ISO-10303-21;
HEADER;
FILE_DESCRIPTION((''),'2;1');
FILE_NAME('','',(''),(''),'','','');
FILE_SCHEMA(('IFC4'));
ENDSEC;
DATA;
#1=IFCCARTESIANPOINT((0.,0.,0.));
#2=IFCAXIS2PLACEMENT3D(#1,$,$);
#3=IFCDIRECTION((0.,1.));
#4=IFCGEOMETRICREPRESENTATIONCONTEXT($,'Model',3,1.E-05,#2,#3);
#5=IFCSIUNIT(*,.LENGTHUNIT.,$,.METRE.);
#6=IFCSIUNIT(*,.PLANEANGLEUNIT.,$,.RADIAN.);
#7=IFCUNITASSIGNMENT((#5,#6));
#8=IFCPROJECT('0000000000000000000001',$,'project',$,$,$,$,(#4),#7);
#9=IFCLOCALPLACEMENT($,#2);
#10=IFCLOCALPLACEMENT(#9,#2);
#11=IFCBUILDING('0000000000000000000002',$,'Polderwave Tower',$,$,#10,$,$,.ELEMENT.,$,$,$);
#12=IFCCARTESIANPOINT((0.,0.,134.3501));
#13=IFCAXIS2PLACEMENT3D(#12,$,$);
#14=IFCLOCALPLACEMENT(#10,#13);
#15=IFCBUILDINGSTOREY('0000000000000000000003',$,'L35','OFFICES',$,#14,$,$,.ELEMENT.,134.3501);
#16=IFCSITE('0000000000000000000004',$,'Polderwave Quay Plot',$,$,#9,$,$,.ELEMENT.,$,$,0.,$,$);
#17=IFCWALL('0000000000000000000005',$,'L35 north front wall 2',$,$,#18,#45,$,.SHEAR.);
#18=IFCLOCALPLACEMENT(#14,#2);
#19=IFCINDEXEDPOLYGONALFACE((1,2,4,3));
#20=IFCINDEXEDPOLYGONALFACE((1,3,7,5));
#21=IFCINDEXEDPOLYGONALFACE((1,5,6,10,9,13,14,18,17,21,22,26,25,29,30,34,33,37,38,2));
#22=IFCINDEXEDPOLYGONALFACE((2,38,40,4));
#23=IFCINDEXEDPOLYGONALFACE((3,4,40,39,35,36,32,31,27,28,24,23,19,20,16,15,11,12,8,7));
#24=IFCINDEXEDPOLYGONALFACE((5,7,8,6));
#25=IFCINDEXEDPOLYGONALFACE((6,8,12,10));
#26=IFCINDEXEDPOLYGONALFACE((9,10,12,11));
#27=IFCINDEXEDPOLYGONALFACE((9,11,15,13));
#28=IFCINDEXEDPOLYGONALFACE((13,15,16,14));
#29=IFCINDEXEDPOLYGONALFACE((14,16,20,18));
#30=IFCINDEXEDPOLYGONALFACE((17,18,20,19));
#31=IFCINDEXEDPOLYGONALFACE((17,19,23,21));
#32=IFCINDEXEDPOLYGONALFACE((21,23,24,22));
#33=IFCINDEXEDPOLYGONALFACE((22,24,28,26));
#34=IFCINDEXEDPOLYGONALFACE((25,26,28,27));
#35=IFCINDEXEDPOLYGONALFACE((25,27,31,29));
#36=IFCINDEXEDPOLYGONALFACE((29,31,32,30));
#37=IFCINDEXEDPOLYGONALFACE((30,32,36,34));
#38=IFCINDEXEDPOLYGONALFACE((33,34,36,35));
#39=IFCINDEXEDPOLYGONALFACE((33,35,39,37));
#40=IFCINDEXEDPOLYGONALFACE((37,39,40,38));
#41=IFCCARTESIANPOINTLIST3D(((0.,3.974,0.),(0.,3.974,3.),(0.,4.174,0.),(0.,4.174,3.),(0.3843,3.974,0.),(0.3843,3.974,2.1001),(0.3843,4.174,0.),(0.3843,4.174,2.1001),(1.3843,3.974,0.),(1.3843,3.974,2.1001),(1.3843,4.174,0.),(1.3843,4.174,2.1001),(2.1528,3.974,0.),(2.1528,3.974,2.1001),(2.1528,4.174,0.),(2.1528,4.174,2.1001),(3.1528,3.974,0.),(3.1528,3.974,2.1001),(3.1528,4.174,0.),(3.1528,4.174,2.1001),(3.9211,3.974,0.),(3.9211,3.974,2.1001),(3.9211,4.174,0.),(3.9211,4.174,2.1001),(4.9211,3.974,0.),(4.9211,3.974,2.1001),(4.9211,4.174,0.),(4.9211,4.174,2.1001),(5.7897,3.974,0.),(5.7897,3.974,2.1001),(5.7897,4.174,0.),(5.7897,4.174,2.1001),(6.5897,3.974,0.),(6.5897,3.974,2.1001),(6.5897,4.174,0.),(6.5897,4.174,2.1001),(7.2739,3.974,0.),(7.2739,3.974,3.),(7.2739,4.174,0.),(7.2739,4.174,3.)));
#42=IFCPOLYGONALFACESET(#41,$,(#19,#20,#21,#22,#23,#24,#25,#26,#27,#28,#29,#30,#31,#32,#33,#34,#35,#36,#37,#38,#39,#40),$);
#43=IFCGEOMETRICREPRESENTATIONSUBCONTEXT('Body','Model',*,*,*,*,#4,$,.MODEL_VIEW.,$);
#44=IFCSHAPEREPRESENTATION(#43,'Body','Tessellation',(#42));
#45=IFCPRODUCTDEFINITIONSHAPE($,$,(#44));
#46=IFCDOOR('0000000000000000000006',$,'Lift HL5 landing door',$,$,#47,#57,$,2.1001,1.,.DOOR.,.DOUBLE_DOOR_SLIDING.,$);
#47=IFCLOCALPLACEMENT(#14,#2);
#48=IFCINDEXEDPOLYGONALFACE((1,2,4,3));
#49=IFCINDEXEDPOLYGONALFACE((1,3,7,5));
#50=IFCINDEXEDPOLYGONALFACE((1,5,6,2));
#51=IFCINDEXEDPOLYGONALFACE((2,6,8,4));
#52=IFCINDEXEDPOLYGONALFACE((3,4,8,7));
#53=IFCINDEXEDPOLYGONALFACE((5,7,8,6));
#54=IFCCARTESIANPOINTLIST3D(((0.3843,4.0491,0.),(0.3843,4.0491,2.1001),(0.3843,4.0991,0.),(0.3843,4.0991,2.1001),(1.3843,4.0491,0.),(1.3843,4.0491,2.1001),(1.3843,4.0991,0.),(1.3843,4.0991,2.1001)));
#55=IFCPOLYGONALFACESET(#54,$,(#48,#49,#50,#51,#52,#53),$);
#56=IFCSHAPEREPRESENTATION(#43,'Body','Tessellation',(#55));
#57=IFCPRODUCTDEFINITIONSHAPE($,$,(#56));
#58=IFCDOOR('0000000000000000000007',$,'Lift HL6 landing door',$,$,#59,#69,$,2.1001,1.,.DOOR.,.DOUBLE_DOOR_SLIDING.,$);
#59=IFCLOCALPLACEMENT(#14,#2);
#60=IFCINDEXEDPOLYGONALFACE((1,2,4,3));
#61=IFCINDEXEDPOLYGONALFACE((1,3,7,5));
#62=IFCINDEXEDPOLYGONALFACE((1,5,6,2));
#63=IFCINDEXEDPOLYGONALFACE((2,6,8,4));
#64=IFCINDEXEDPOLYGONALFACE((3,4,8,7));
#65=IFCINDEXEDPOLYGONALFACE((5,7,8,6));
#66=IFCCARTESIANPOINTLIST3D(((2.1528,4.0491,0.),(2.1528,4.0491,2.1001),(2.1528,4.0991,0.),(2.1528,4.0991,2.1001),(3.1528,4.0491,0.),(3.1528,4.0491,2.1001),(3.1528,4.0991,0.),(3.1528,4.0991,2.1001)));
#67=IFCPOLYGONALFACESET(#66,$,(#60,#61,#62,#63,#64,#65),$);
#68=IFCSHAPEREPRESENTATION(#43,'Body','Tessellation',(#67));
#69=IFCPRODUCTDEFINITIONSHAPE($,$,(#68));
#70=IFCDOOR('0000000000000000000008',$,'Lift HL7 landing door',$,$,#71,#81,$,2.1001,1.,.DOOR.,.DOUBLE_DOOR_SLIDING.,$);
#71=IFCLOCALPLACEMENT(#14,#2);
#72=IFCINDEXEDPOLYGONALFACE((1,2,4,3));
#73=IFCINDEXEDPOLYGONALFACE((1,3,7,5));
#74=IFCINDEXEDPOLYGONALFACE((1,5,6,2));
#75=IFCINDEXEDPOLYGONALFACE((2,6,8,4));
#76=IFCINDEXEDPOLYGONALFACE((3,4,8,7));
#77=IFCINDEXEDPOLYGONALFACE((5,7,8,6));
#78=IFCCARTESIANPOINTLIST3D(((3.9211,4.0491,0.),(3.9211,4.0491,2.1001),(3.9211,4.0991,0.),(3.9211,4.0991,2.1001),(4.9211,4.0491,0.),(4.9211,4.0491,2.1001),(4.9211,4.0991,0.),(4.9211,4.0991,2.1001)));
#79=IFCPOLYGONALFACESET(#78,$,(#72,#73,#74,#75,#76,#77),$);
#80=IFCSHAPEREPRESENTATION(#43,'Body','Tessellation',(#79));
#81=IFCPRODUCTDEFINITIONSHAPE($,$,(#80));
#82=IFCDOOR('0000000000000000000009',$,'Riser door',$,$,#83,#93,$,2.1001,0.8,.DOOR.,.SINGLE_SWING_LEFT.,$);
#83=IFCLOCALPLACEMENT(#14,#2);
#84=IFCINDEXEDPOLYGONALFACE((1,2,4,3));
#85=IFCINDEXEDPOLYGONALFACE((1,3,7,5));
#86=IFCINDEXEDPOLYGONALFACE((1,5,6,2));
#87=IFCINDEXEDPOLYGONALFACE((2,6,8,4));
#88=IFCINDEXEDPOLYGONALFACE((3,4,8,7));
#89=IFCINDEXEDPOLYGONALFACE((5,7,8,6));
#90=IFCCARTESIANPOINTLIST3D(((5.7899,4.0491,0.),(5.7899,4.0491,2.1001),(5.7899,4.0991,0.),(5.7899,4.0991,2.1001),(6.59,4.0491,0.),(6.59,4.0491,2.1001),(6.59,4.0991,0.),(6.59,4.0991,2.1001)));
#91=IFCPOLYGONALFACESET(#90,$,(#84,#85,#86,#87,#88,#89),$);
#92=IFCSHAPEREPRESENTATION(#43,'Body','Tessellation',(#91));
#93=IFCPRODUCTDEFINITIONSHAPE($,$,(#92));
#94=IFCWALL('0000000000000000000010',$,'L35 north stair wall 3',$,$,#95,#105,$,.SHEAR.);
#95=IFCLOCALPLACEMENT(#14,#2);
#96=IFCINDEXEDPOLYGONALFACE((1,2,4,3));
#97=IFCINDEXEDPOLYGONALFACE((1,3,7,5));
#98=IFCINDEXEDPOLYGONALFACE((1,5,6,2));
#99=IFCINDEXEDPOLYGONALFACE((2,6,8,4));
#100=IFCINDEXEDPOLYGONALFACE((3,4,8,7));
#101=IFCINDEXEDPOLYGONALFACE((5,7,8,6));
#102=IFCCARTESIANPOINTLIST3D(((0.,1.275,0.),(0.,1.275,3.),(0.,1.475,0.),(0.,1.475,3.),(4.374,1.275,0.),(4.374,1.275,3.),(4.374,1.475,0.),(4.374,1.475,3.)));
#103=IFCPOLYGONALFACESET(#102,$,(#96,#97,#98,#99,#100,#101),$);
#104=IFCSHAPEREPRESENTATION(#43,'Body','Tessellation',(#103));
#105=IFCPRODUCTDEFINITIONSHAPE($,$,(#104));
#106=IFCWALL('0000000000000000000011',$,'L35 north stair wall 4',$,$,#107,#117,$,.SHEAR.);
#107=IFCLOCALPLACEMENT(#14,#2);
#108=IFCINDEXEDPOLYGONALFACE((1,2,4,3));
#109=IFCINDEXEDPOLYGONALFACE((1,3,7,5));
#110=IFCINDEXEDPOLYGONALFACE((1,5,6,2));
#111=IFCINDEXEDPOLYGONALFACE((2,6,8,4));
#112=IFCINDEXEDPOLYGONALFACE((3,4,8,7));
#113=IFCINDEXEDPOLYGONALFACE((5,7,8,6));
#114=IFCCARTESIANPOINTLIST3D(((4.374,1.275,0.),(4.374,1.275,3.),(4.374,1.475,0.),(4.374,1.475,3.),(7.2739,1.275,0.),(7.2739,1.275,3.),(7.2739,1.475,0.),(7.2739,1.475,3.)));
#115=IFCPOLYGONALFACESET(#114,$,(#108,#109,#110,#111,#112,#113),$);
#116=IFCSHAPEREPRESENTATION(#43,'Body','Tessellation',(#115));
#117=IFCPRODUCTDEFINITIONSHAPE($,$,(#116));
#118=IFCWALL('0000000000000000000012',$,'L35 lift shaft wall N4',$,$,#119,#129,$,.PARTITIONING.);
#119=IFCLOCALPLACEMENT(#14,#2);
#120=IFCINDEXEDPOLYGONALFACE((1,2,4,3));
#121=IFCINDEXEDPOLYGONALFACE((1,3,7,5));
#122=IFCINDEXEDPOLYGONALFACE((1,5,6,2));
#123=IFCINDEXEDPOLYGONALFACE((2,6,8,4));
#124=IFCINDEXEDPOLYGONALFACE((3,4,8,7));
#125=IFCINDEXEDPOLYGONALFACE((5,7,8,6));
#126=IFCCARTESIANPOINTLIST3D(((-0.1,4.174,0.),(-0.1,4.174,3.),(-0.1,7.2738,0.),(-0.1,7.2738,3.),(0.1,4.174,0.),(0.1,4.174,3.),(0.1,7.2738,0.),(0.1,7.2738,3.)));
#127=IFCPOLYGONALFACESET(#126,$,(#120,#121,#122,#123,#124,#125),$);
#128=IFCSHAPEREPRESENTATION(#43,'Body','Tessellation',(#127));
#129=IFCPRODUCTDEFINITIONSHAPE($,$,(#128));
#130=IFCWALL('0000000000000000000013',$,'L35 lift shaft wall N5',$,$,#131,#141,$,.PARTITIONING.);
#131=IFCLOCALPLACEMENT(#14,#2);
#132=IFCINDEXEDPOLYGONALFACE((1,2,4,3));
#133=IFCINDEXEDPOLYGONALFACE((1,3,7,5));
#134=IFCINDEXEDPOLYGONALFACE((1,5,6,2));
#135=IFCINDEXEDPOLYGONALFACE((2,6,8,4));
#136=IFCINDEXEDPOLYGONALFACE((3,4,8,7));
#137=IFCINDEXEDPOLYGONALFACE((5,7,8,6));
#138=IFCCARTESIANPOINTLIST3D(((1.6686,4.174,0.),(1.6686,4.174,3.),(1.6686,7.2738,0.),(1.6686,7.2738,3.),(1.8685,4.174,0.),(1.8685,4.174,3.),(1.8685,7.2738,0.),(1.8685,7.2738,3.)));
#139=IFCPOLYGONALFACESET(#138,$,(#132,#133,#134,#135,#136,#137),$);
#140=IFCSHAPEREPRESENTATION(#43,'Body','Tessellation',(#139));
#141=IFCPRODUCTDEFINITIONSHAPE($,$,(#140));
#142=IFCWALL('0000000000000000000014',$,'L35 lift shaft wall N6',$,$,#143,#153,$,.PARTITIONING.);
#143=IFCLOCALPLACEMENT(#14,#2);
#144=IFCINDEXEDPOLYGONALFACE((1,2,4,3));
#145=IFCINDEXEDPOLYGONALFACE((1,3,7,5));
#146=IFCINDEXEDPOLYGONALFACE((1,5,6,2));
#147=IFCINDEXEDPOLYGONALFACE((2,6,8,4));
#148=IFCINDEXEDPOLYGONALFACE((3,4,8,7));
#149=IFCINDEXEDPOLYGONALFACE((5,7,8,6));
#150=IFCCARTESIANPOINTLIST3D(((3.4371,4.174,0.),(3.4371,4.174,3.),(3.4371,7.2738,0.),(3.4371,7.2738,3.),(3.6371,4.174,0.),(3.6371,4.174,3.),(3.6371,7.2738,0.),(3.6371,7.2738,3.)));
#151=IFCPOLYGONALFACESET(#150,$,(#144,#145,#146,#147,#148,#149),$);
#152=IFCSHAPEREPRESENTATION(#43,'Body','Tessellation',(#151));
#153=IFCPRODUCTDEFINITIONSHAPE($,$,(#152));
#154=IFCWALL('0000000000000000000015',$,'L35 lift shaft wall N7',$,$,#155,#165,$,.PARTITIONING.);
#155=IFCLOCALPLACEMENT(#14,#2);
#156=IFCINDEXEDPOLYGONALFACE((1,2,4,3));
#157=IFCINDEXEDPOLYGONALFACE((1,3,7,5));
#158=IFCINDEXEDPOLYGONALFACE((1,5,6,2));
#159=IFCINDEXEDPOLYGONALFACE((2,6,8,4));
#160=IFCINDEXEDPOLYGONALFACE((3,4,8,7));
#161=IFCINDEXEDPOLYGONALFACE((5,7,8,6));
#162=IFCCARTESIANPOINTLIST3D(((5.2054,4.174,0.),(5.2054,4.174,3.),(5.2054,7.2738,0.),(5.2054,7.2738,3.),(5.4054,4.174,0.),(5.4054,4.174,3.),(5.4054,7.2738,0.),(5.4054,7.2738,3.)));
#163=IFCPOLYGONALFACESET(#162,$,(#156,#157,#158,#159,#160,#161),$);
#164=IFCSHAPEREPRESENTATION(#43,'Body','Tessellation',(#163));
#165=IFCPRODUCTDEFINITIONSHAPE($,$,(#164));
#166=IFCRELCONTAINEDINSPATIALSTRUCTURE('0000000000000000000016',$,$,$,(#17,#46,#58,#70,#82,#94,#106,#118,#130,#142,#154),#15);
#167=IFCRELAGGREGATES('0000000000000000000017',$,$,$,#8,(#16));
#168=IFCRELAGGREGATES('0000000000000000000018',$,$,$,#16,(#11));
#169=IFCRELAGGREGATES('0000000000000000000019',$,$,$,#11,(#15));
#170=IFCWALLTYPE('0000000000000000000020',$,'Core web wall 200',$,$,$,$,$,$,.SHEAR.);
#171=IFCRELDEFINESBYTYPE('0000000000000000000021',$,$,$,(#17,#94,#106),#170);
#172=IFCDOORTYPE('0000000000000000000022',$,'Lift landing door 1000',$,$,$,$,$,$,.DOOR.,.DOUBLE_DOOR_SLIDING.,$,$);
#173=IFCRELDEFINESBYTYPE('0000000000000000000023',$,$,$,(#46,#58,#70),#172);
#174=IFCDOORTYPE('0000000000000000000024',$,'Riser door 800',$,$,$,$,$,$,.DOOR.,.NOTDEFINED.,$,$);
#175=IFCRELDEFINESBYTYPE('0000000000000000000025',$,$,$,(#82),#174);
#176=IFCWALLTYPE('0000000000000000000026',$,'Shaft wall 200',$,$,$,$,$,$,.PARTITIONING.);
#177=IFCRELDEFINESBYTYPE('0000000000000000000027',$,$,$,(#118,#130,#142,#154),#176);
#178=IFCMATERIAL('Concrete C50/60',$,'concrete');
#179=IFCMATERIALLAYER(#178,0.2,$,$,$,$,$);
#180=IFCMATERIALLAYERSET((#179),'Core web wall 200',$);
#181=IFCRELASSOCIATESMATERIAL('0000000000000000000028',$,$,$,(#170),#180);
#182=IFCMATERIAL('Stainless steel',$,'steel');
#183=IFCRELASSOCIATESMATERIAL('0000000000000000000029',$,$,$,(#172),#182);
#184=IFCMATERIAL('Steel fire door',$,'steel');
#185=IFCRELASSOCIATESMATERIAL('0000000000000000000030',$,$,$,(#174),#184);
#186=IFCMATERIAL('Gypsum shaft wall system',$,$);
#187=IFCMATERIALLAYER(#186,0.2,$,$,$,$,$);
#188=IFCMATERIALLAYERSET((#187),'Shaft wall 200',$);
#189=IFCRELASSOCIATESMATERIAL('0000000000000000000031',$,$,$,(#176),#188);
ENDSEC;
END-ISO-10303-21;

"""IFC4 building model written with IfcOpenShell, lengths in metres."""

from ifc_helpers import new_model, si_unit, direction, frame, frame_2d, origin, place, context, subcontext, project, spatial, rectangle, extrude, material, layer, layer_set, type_object, element, fill, save


model = new_model("IFC4")

# Units and contexts
model_context = context("Model", 3, precision=1e-05, world=origin(), true_north=direction((0.0, 1.0)))
body_context = subcontext(model_context, "Body", "Model", "MODEL_VIEW")
ifc_project = project(units=[si_unit("LENGTHUNIT", "METRE"), si_unit("PLANEANGLEUNIT", "RADIAN")], contexts=[model_context])

# Site, building, storey
site_placement = place(None, origin())
site = spatial("IfcSite", under=ifc_project, at=site_placement, Name="Polderwave Quay Plot", CompositionType="ELEMENT", RefElevation=0.0)
building_placement = place(site_placement, origin())
building = spatial("IfcBuilding", under=site, at=building_placement, Name="Polderwave Tower", CompositionType="ELEMENT")
storey_placement = place(building_placement, frame((0.0, 0.0, 134.3501)))
storey = spatial("IfcBuildingStorey", under=building, at=storey_placement, Name="L35", Description="OFFICES", CompositionType="ELEMENT", Elevation=134.3501)

# Wall, openings, doors
ifc_material_1 = material(Name="Concrete C50/60", Category="concrete")
ifc_layer_1 = layer(ifc_material_1, 0.2)
ifc_layer_set_1 = layer_set([ifc_layer_1], Name="Core web wall 200")
wall_type_1 = type_object("IfcWallType", Name="Core web wall 200", PredefinedType="SHEAR", material=ifc_layer_set_1)
wall_1_placement = place(storey_placement, frame((0.0, 4.074, 0.0), z_axis=(0.0, 0.0, 1.0), x_axis=(1.0, 0.0, 0.0)))
wall_1 = element("IfcWall", 1, at=wall_1_placement, inside=storey, type_object=wall_type_1, Name="L35 north front wall 2", PredefinedType="SHEAR", context=body_context, shape_type="SweptSolid", body=[
    extrude(rectangle(XDim=7.2739, YDim=0.2, at=frame_2d((3.637, 0.0))), origin(), (0.0, 0.0, 1.0), 3.0),
])
opening_1_placement = place(wall_1_placement, frame((0.3843, 0.0, 0.0)))
opening_1 = element("IfcOpeningElement", 2, at=opening_1_placement, cuts=wall_1, PredefinedType="OPENING", context=body_context, shape_type="SweptSolid", body=[
    extrude(rectangle(XDim=1.0, YDim=2.1001, at=frame_2d((0.5, 1.05))), frame((0.0, 0.1099, 0.0), z_axis=(0.0, -1.0, 0.0), x_axis=(1.0, 0.0, 0.0)), (0.0, 0.0, 1.0), 0.22),
])
opening_2_placement = place(wall_1_placement, frame((2.1528, 0.0, 0.0)))
opening_2 = element("IfcOpeningElement", 3, at=opening_2_placement, cuts=wall_1, PredefinedType="OPENING", context=body_context, shape_type="SweptSolid", body=[
    extrude(rectangle(XDim=1.0, YDim=2.1001, at=frame_2d((0.5, 1.05))), frame((0.0, 0.1099, 0.0), z_axis=(0.0, -1.0, 0.0), x_axis=(1.0, 0.0, 0.0)), (0.0, 0.0, 1.0), 0.22),
])
opening_3_placement = place(wall_1_placement, frame((3.9211, 0.0, 0.0)))
opening_3 = element("IfcOpeningElement", 4, at=opening_3_placement, cuts=wall_1, PredefinedType="OPENING", context=body_context, shape_type="SweptSolid", body=[
    extrude(rectangle(XDim=1.0, YDim=2.1001, at=frame_2d((0.5, 1.05))), frame((0.0, 0.1099, 0.0), z_axis=(0.0, -1.0, 0.0), x_axis=(1.0, 0.0, 0.0)), (0.0, 0.0, 1.0), 0.22),
])
opening_4_placement = place(wall_1_placement, frame((5.7898, 0.0, 0.0)))
opening_4 = element("IfcOpeningElement", 5, at=opening_4_placement, cuts=wall_1, PredefinedType="OPENING", context=body_context, shape_type="SweptSolid", body=[
    extrude(rectangle(XDim=0.8, YDim=2.1001, at=frame_2d((0.3999, 1.05))), frame((0.0, 0.1099, 0.0), z_axis=(0.0, -1.0, 0.0), x_axis=(1.0, 0.0, 0.0)), (0.0, 0.0, 1.0), 0.22),
])
ifc_material_2 = material(Name="Stainless steel", Category="steel")
door_type_1 = type_object("IfcDoorType", Name="Lift landing door 1000", OperationType="DOUBLE_DOOR_SLIDING", PredefinedType="DOOR", material=ifc_material_2)
door_1_placement = place(opening_1_placement, frame((1.0, 0.0, 0.0), z_axis=(0.0, 0.0, 1.0), x_axis=(-1.0, 0.0, 0.0)))
door_1 = element("IfcDoor", 6, at=door_1_placement, inside=storey, type_object=door_type_1, Name="Lift HL5 landing door", OperationType="DOUBLE_DOOR_SLIDING", OverallHeight=2.1001, OverallWidth=1.0, PredefinedType="DOOR", context=body_context, shape_type="SweptSolid", body=[
    extrude(rectangle(XDim=1.0, YDim=2.1001, at=frame_2d((0.5, 1.05))), frame((0.0, 0.0249, 0.0), z_axis=(0.0, -1.0, 0.0), x_axis=(1.0, 0.0, 0.0)), (0.0, 0.0, 1.0), 0.05),
])
fill(opening_1, door_1)
door_2_placement = place(opening_2_placement, frame((1.0, 0.0, 0.0), z_axis=(0.0, 0.0, 1.0), x_axis=(-1.0, 0.0, 0.0)))
door_2 = element("IfcDoor", 7, at=door_2_placement, inside=storey, type_object=door_type_1, Name="Lift HL6 landing door", OperationType="DOUBLE_DOOR_SLIDING", OverallHeight=2.1001, OverallWidth=1.0, PredefinedType="DOOR", context=body_context, shape_type="SweptSolid", body=[
    extrude(rectangle(XDim=1.0, YDim=2.1001, at=frame_2d((0.5, 1.05))), frame((0.0, 0.0249, 0.0), z_axis=(0.0, -1.0, 0.0), x_axis=(1.0, 0.0, 0.0)), (0.0, 0.0, 1.0), 0.05),
])
fill(opening_2, door_2)
door_3_placement = place(opening_3_placement, frame((1.0, 0.0, 0.0), z_axis=(0.0, 0.0, 1.0), x_axis=(-1.0, 0.0, 0.0)))
door_3 = element("IfcDoor", 8, at=door_3_placement, inside=storey, type_object=door_type_1, Name="Lift HL7 landing door", OperationType="DOUBLE_DOOR_SLIDING", OverallHeight=2.1001, OverallWidth=1.0, PredefinedType="DOOR", context=body_context, shape_type="SweptSolid", body=[
    extrude(rectangle(XDim=1.0, YDim=2.1001, at=frame_2d((0.5, 1.05))), frame((0.0, 0.0249, 0.0), z_axis=(0.0, -1.0, 0.0), x_axis=(1.0, 0.0, 0.0)), (0.0, 0.0, 1.0), 0.05),
])
fill(opening_3, door_3)
ifc_material_3 = material(Name="Steel fire door", Category="steel")
door_type_2 = type_object("IfcDoorType", Name="Riser door 800", OperationType="NOTDEFINED", PredefinedType="DOOR", material=ifc_material_3)
door_4_placement = place(opening_4_placement, frame((0.8, 0.0, 0.0), z_axis=(0.0, 0.0, 1.0), x_axis=(-1.0, 0.0, 0.0)))
door_4 = element("IfcDoor", 9, at=door_4_placement, inside=storey, type_object=door_type_2, Name="Riser door", OperationType="SINGLE_SWING_LEFT", OverallHeight=2.1001, OverallWidth=0.8, PredefinedType="DOOR", context=body_context, shape_type="SweptSolid", body=[
    extrude(rectangle(XDim=0.8, YDim=2.1001, at=frame_2d((0.3999, 1.05))), frame((0.0, 0.0249, 0.0), z_axis=(0.0, -1.0, 0.0), x_axis=(1.0, 0.0, 0.0)), (0.0, 0.0, 1.0), 0.05),
])
fill(opening_4, door_4)

# Walls
wall_2_placement = place(storey_placement, frame((0.0, 1.375, 0.0), z_axis=(0.0, 0.0, 1.0), x_axis=(1.0, 0.0, 0.0)))
element("IfcWall", 10, at=wall_2_placement, inside=storey, type_object=wall_type_1, Name="L35 north stair wall 3", PredefinedType="SHEAR", context=body_context, shape_type="SweptSolid", body=[
    extrude(rectangle(XDim=4.374, YDim=0.2, at=frame_2d((2.187, 0.0))), origin(), (0.0, 0.0, 1.0), 3.0),
])
wall_3_placement = place(storey_placement, frame((4.374, 1.375, 0.0), z_axis=(0.0, 0.0, 1.0), x_axis=(1.0, 0.0, 0.0)))
element("IfcWall", 11, at=wall_3_placement, inside=storey, type_object=wall_type_1, Name="L35 north stair wall 4", PredefinedType="SHEAR", context=body_context, shape_type="SweptSolid", body=[
    extrude(rectangle(XDim=2.8999, YDim=0.2, at=frame_2d((1.45, 0.0))), origin(), (0.0, 0.0, 1.0), 3.0),
])
ifc_material_4 = material(Name="Gypsum shaft wall system")
ifc_layer_2 = layer(ifc_material_4, 0.2)
ifc_layer_set_2 = layer_set([ifc_layer_2], Name="Shaft wall 200")
wall_type_2 = type_object("IfcWallType", Name="Shaft wall 200", PredefinedType="PARTITIONING", material=ifc_layer_set_2)
for number, where, z_axis, x_axis, name in (
    (12, (0.0, 4.1741, 0.0), (0.0, 0.0, 1.0), (0.0, 1.0, 0.0), "L35 lift shaft wall N4"),
    (13, (1.7686, 4.1741, 0.0), (0.0, 0.0, 1.0), (0.0, 1.0, 0.0), "L35 lift shaft wall N5"),
    (14, (3.5371, 4.1741, 0.0), (0.0, 0.0, 1.0), (0.0, 1.0, 0.0), "L35 lift shaft wall N6"),
    (15, (5.3054, 4.1741, 0.0), (0.0, 0.0, 1.0), (0.0, 1.0, 0.0), "L35 lift shaft wall N7"),
):
    element("IfcWall", number, at=place(storey_placement, frame(where, z_axis=z_axis, x_axis=x_axis)), inside=storey, type_object=wall_type_2, Name=name, PredefinedType="PARTITIONING", context=body_context, shape_type="SweptSolid", body=[
        extrude(rectangle(XDim=3.0999, YDim=0.2, at=frame_2d((1.5498, 0.0))), origin(), (0.0, 0.0, 1.0), 3.0),
    ])

save(model, "model.ifc")
